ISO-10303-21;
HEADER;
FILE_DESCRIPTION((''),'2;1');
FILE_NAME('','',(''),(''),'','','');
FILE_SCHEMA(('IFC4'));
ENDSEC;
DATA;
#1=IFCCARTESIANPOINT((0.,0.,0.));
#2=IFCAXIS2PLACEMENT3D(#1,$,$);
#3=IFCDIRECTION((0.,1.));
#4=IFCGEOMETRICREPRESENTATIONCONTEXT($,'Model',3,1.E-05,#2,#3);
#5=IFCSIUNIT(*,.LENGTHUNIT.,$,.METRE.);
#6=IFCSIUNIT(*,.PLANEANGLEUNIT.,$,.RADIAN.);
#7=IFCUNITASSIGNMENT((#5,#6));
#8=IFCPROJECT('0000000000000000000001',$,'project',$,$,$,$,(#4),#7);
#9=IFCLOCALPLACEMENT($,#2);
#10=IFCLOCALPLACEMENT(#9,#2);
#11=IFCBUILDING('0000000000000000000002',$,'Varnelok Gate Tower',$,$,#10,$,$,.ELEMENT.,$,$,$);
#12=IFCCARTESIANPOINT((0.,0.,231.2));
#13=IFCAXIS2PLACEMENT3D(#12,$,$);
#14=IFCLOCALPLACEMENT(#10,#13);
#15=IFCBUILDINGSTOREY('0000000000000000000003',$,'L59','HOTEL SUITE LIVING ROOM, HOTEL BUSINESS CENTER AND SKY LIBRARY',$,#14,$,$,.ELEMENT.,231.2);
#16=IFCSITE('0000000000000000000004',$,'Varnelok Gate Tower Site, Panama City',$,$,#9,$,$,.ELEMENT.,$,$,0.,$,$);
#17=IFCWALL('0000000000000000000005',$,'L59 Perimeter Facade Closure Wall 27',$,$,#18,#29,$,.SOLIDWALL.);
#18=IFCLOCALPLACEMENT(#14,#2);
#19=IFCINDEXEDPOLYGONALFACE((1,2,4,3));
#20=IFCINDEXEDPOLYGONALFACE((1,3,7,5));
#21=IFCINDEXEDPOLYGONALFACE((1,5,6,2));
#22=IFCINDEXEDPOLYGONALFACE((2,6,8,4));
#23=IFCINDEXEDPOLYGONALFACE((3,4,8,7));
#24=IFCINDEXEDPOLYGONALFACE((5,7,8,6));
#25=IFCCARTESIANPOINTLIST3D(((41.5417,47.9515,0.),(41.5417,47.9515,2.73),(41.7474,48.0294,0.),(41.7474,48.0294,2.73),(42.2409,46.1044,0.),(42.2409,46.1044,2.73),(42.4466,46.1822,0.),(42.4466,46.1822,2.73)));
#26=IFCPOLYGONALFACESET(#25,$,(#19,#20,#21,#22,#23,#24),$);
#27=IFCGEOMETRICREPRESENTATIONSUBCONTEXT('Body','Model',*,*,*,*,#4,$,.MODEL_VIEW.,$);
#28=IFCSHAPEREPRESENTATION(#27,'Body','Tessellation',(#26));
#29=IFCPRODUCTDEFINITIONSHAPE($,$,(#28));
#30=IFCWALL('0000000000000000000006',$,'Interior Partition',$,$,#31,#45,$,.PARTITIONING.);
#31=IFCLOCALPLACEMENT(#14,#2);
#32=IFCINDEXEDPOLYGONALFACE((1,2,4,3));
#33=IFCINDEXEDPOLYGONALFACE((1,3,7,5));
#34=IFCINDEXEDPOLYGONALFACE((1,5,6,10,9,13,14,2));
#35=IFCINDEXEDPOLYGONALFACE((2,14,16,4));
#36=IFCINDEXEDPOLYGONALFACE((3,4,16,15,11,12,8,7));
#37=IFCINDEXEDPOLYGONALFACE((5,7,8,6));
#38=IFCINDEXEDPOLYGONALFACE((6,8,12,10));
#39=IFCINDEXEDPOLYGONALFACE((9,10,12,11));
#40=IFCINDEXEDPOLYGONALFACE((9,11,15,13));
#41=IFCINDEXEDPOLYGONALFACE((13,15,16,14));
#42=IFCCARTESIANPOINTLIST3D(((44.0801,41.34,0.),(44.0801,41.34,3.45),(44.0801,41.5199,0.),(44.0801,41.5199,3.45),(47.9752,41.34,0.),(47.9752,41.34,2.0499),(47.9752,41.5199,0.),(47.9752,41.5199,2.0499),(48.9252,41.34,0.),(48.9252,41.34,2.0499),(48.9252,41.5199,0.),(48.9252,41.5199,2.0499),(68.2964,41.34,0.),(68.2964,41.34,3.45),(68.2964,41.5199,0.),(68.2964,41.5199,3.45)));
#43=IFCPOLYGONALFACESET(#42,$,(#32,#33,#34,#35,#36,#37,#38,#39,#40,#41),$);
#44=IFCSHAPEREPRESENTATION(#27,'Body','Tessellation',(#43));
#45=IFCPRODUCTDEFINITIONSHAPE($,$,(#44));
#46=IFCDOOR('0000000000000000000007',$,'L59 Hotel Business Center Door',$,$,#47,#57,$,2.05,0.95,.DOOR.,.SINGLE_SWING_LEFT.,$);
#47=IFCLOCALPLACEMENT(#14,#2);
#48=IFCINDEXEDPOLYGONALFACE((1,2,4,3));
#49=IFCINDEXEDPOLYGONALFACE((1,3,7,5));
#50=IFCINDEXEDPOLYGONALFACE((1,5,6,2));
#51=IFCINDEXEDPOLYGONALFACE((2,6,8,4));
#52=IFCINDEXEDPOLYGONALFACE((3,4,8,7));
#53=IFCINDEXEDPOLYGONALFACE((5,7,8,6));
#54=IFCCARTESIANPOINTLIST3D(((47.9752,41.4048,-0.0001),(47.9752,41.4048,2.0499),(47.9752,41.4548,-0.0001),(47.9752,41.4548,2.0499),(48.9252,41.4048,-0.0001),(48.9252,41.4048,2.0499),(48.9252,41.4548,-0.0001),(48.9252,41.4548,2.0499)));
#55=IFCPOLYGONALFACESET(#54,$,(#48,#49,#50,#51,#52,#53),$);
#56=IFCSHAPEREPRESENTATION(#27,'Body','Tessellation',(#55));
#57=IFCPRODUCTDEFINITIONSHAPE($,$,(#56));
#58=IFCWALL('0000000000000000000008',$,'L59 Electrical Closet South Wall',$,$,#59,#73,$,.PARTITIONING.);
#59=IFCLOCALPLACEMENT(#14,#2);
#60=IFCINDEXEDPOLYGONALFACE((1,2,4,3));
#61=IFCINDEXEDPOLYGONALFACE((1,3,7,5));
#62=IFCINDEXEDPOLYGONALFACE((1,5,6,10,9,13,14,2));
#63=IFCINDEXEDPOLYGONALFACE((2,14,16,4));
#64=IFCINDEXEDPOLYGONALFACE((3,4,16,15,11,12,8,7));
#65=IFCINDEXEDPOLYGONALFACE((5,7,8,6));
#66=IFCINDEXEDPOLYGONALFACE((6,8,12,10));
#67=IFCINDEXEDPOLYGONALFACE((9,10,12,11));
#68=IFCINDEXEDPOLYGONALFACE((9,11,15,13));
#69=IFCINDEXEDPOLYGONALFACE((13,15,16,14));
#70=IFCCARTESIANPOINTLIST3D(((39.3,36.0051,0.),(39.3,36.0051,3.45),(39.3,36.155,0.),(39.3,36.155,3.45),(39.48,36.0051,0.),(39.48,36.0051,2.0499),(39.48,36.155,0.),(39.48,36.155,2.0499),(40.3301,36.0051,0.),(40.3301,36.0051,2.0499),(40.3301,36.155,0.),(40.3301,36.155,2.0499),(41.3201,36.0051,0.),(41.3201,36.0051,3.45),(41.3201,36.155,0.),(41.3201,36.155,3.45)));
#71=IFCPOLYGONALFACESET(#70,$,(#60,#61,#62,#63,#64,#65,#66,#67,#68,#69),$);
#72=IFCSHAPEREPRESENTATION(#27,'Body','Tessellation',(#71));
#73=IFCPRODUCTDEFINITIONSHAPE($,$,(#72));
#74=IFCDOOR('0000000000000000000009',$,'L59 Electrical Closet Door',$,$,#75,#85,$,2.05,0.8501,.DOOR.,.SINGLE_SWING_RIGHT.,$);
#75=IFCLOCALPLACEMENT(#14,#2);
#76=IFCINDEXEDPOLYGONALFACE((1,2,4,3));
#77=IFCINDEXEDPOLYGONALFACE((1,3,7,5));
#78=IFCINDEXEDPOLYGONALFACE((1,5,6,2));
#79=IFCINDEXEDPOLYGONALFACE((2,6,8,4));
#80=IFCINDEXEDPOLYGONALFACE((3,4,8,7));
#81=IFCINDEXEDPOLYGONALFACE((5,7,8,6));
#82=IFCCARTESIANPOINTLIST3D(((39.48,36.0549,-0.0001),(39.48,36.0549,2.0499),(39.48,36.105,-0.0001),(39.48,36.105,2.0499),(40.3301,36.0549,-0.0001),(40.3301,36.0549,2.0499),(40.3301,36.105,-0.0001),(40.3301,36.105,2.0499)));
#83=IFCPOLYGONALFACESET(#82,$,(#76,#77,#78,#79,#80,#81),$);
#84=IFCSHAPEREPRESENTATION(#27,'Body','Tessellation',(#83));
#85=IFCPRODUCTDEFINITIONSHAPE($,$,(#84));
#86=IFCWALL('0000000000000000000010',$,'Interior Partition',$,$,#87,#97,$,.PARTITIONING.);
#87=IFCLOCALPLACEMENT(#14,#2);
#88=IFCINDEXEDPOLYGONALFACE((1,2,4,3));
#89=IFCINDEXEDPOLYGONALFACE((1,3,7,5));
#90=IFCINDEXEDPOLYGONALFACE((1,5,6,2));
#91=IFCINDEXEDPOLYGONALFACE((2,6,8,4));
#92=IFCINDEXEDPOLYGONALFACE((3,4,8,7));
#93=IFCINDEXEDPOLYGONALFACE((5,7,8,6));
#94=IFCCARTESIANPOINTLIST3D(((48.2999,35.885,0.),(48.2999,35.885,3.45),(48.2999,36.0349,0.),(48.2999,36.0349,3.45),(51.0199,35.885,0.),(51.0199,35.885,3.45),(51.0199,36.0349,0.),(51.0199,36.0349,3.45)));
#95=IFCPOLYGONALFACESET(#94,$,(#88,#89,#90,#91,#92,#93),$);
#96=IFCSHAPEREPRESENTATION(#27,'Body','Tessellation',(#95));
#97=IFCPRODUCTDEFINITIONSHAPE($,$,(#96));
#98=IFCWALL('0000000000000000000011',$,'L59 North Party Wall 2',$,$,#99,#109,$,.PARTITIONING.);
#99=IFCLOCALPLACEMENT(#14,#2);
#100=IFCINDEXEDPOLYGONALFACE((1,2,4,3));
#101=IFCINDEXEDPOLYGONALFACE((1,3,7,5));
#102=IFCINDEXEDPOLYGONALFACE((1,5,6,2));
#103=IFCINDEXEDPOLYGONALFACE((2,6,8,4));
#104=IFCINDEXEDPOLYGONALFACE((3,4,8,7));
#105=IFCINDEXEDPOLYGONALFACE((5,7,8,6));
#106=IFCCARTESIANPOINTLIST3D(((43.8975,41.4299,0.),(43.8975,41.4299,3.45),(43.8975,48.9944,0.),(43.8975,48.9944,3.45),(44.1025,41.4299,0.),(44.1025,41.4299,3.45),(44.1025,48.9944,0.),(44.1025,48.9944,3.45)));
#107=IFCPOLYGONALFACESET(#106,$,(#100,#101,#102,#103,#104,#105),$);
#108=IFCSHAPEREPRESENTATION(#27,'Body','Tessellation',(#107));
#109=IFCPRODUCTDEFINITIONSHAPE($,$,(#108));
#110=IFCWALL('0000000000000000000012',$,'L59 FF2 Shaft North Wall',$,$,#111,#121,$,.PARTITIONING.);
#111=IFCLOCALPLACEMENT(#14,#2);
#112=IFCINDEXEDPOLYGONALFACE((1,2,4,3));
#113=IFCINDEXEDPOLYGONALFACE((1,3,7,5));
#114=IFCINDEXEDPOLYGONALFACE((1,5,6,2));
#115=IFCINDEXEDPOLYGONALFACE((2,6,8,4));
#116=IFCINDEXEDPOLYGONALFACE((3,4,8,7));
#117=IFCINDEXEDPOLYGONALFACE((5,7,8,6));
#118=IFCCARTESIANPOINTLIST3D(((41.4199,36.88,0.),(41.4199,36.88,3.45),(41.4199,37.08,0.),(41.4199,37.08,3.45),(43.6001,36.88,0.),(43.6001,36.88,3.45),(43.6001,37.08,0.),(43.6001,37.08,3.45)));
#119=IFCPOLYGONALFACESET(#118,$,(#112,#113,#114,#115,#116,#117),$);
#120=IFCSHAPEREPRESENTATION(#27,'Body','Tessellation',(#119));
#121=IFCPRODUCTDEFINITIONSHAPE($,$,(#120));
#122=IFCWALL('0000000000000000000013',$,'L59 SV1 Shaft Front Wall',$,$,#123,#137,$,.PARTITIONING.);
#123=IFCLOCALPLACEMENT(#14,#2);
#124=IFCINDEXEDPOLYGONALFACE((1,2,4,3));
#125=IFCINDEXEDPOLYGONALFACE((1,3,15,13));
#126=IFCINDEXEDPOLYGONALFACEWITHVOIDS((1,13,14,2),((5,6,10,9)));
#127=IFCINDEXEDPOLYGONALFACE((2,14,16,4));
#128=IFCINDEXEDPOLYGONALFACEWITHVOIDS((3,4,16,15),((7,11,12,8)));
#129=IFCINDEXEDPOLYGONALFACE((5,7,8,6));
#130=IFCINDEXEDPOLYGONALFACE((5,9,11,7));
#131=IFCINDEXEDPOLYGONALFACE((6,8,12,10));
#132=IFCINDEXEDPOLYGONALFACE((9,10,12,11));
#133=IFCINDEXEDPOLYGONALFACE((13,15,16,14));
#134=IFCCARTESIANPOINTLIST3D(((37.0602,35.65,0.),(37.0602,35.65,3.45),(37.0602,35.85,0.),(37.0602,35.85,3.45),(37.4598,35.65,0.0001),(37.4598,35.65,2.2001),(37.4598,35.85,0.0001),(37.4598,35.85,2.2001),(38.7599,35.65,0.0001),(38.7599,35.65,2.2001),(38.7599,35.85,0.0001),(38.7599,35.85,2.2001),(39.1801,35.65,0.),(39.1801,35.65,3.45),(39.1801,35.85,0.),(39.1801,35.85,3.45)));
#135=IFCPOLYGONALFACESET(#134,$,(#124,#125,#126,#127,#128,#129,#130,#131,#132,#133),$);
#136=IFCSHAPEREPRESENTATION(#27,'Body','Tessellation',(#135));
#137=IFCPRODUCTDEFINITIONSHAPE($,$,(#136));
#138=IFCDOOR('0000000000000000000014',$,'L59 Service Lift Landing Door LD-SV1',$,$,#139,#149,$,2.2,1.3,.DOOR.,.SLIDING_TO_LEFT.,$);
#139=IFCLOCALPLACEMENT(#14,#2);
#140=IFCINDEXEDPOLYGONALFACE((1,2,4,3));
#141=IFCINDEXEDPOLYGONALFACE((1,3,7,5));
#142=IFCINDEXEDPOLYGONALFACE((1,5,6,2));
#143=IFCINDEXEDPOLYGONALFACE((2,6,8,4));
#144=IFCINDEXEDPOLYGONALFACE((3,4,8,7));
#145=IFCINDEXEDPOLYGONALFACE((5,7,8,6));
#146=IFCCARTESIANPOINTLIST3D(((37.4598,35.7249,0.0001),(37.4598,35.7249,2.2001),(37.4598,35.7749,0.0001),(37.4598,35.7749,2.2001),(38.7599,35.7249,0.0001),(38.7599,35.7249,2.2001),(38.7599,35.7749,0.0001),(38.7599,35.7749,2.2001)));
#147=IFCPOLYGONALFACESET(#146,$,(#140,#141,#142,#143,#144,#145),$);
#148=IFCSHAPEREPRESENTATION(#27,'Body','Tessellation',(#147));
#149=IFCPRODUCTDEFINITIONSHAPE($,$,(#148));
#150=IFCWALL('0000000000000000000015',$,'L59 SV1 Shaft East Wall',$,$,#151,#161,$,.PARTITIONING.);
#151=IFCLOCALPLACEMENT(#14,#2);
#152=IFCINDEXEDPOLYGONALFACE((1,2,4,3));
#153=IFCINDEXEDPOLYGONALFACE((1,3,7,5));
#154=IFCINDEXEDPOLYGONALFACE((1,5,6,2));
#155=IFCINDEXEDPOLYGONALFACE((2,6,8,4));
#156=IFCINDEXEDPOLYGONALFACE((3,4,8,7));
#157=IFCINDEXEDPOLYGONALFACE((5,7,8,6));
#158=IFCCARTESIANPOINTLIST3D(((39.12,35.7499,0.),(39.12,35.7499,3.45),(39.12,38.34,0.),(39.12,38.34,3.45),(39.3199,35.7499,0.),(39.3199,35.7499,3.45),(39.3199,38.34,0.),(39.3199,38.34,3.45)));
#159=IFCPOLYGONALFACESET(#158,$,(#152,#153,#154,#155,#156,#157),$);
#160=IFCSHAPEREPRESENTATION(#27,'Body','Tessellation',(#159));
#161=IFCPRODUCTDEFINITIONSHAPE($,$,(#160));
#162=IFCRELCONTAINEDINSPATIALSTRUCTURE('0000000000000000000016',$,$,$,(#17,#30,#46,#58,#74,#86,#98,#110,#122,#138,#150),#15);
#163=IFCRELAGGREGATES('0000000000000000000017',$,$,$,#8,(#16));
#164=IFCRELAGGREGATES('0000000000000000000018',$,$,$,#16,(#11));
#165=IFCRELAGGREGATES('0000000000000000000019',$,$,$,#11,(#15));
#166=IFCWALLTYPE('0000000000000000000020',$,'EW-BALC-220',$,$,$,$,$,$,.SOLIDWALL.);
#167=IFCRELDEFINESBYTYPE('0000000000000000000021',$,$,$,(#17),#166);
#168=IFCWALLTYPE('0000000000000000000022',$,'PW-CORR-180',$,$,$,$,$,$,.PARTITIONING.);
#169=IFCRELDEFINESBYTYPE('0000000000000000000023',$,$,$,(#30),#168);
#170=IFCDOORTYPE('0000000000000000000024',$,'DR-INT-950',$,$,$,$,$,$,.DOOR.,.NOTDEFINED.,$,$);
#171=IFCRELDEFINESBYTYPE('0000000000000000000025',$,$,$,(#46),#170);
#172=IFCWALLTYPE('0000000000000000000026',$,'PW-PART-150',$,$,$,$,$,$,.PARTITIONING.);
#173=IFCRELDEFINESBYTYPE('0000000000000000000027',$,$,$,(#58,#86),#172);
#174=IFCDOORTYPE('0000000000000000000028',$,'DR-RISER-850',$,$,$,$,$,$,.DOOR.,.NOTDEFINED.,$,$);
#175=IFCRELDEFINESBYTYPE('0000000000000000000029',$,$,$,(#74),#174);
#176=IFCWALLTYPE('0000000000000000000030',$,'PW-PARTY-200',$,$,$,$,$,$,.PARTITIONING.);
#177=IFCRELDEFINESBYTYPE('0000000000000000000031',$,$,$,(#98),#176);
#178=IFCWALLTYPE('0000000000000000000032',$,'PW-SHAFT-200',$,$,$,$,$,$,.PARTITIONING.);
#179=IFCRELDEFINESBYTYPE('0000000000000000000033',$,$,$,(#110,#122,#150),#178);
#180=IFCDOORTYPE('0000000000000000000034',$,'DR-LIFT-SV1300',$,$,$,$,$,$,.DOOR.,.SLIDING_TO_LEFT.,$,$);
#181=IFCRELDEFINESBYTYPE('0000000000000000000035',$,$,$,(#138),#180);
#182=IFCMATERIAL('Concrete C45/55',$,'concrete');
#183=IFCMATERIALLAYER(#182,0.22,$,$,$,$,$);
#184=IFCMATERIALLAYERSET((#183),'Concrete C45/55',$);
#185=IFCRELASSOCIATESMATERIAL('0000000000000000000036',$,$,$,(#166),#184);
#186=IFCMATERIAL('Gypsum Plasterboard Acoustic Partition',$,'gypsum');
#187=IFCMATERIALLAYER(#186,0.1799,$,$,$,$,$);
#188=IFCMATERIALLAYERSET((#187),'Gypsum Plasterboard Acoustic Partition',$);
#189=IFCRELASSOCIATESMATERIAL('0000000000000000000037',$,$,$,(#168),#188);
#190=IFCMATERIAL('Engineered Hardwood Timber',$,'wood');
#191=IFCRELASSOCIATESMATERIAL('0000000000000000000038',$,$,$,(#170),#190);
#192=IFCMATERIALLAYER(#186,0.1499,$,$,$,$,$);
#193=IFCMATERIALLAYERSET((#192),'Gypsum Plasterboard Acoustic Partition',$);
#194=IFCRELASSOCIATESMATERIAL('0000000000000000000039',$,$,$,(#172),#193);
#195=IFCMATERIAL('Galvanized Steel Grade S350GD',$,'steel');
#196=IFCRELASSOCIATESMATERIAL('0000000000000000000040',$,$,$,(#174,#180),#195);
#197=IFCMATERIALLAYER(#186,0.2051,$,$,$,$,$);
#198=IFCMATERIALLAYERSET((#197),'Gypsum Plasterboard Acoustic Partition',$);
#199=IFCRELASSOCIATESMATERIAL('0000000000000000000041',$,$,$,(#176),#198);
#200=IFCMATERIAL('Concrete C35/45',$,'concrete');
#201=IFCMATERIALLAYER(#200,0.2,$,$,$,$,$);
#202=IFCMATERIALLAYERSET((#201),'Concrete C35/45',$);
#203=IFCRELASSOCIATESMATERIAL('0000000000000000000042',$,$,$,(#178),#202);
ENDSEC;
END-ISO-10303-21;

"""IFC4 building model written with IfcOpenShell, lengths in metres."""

from ifc_helpers import new_model, si_unit, direction, frame, frame_2d, origin, place, context, subcontext, project, spatial, rectangle, extrude, material, layer, layer_set, type_object, element, fill, save


model = new_model("IFC4")

# Units and contexts
model_context = context("Model", 3, precision=1e-05, world=origin(), true_north=direction((0.0, 1.0)))
body_context = subcontext(model_context, "Body", "Model", "MODEL_VIEW")
ifc_project = project(units=[si_unit("LENGTHUNIT", "METRE"), si_unit("PLANEANGLEUNIT", "RADIAN")], contexts=[model_context])

# Site, building, storey
site_placement = place(None, origin())
site = spatial("IfcSite", under=ifc_project, at=site_placement, Name="Varnelok Gate Tower Site, Panama City", CompositionType="ELEMENT", RefElevation=0.0)
building_placement = place(site_placement, origin())
building = spatial("IfcBuilding", under=site, at=building_placement, Name="Varnelok Gate Tower", CompositionType="ELEMENT")
storey_placement = place(building_placement, frame((0.0, 0.0, 231.2)))
storey = spatial("IfcBuildingStorey", under=building, at=storey_placement, Name="L59", Description="HOTEL SUITE LIVING ROOM, HOTEL BUSINESS CENTER AND SKY LIBRARY", CompositionType="ELEMENT", Elevation=231.2)

# Wall
ifc_material_1 = material(Name="Concrete C45/55", Category="concrete")
ifc_layer_1 = layer(ifc_material_1, 0.22)
ifc_layer_set_1 = layer_set([ifc_layer_1], Name="Concrete C45/55")
wall_type_1 = type_object("IfcWallType", Name="EW-BALC-220", PredefinedType="SOLIDWALL", material=ifc_layer_set_1)
wall_1_placement = place(storey_placement, frame((41.6445, 47.9905, 0.0), z_axis=(0.0, 0.0, 1.0), x_axis=(0.354021, -0.935238, 0.0)))
element("IfcWall", 1, at=wall_1_placement, inside=storey, type_object=wall_type_1, Name="L59 Perimeter Facade Closure Wall 27", PredefinedType="SOLIDWALL", context=body_context, shape_type="SweptSolid", body=[
    extrude(rectangle(XDim=1.9751, YDim=0.22, at=frame_2d((0.9875, 0.0))), origin(), (0.0, 0.0, 1.0), 2.73),
])

# Walls, openings, doors
ifc_material_2 = material(Name="Gypsum Plasterboard Acoustic Partition", Category="gypsum")
ifc_layer_2 = layer(ifc_material_2, 0.1799)
ifc_layer_set_2 = layer_set([ifc_layer_2], Name="Gypsum Plasterboard Acoustic Partition")
wall_type_2 = type_object("IfcWallType", Name="PW-CORR-180", PredefinedType="PARTITIONING", material=ifc_layer_set_2)
wall_2_placement = place(storey_placement, frame((44.0801, 41.4299, 0.0), z_axis=(0.0, 0.0, 1.0), x_axis=(1.0, 0.0, 0.0)))
wall_2 = element("IfcWall", 2, at=wall_2_placement, inside=storey, type_object=wall_type_2, Name="Interior Partition", PredefinedType="PARTITIONING", context=body_context, shape_type="SweptSolid", body=[
    extrude(rectangle(XDim=24.2163, YDim=0.1799, at=frame_2d((12.1082, 0.0))), origin(), (0.0, 0.0, 1.0), 3.45),
])
opening_1_placement = place(wall_2_placement, frame((3.895, 0.0, 0.0)))
opening_1 = element("IfcOpeningElement", 3, at=opening_1_placement, cuts=wall_2, PredefinedType="OPENING", context=body_context, shape_type="SweptSolid", body=[
    extrude(rectangle(XDim=0.95, YDim=2.05, at=frame_2d((0.4751, 1.0249))), frame((0.0, 0.0999, 0.0), z_axis=(0.0, -1.0, 0.0), x_axis=(1.0, 0.0, 0.0)), (0.0, 0.0, 1.0), 0.2),
])
ifc_material_3 = material(Name="Engineered Hardwood Timber", Category="wood")
door_type_1 = type_object("IfcDoorType", Name="DR-INT-950", OperationType="NOTDEFINED", PredefinedType="DOOR", material=ifc_material_3)
door_1_placement = place(opening_1_placement, origin())
door_1 = element("IfcDoor", 4, at=door_1_placement, inside=storey, type_object=door_type_1, Name="L59 Hotel Business Center Door", OperationType="SINGLE_SWING_LEFT", OverallHeight=2.05, OverallWidth=0.95, PredefinedType="DOOR", context=body_context, shape_type="SweptSolid", body=[
    extrude(rectangle(XDim=0.95, YDim=2.05, at=frame_2d((0.4751, 1.0249))), frame((0.0, 0.0249, 0.0), z_axis=(0.0, -1.0, 0.0), x_axis=(1.0, 0.0, 0.0)), (0.0, 0.0, 1.0), 0.05),
])
fill(opening_1, door_1)
ifc_layer_3 = layer(ifc_material_2, 0.1499)
ifc_layer_set_3 = layer_set([ifc_layer_3], Name="Gypsum Plasterboard Acoustic Partition")
wall_type_3 = type_object("IfcWallType", Name="PW-PART-150", PredefinedType="PARTITIONING", material=ifc_layer_set_3)
wall_3_placement = place(storey_placement, frame((39.3, 36.0801, 0.0), z_axis=(0.0, 0.0, 1.0), x_axis=(1.0, 0.0, 0.0)))
wall_3 = element("IfcWall", 5, at=wall_3_placement, inside=storey, type_object=wall_type_3, Name="L59 Electrical Closet South Wall", PredefinedType="PARTITIONING", context=body_context, shape_type="SweptSolid", body=[
    extrude(rectangle(XDim=2.02, YDim=0.1499, at=frame_2d((1.01, 0.0))), origin(), (0.0, 0.0, 1.0), 3.45),
])
opening_2_placement = place(wall_3_placement, frame((0.1799, 0.0, 0.0)))
opening_2 = element("IfcOpeningElement", 6, at=opening_2_placement, cuts=wall_3, PredefinedType="OPENING", context=body_context, shape_type="SweptSolid", body=[
    extrude(rectangle(XDim=0.8501, YDim=2.05, at=frame_2d((0.425, 1.0249))), frame((0.0, 0.085, 0.0), z_axis=(0.0, -1.0, 0.0), x_axis=(1.0, 0.0, 0.0)), (0.0, 0.0, 1.0), 0.1699),
])
ifc_material_4 = material(Name="Galvanized Steel Grade S350GD", Category="steel")
door_type_2 = type_object("IfcDoorType", Name="DR-RISER-850", OperationType="NOTDEFINED", PredefinedType="DOOR", material=ifc_material_4)
door_2_placement = place(opening_2_placement, origin())
door_2 = element("IfcDoor", 7, at=door_2_placement, inside=storey, type_object=door_type_2, Name="L59 Electrical Closet Door", OperationType="SINGLE_SWING_RIGHT", OverallHeight=2.05, OverallWidth=0.8501, PredefinedType="DOOR", context=body_context, shape_type="SweptSolid", body=[
    extrude(rectangle(XDim=0.8501, YDim=2.05, at=frame_2d((0.425, 1.0249))), frame((0.0, 0.0249, 0.0), z_axis=(0.0, -1.0, 0.0), x_axis=(1.0, 0.0, 0.0)), (0.0, 0.0, 1.0), 0.05),
])
fill(opening_2, door_2)

# Walls
wall_4_placement = place(storey_placement, frame((48.3, 35.96, 0.0), z_axis=(0.0, 0.0, 1.0), x_axis=(1.0, 0.0, 0.0)))
element("IfcWall", 8, at=wall_4_placement, inside=storey, type_object=wall_type_3, Name="Interior Partition", PredefinedType="PARTITIONING", context=body_context, shape_type="SweptSolid", body=[
    extrude(rectangle(XDim=2.72, YDim=0.1499, at=frame_2d((1.3599, 0.0))), origin(), (0.0, 0.0, 1.0), 3.45),
])
ifc_layer_4 = layer(ifc_material_2, 0.2051)
ifc_layer_set_4 = layer_set([ifc_layer_4], Name="Gypsum Plasterboard Acoustic Partition")
wall_type_4 = type_object("IfcWallType", Name="PW-PARTY-200", PredefinedType="PARTITIONING", material=ifc_layer_set_4)
wall_5_placement = place(storey_placement, frame((44.0, 41.4299, 0.0), z_axis=(0.0, 0.0, 1.0), x_axis=(0.0, 1.0, 0.0)))
element("IfcWall", 9, at=wall_5_placement, inside=storey, type_object=wall_type_4, Name="L59 North Party Wall 2", PredefinedType="PARTITIONING", context=body_context, shape_type="SweptSolid", body=[
    extrude(rectangle(XDim=7.5645, YDim=0.2051, at=frame_2d((3.7822, 0.0))), origin(), (0.0, 0.0, 1.0), 3.45),
])
ifc_material_5 = material(Name="Concrete C35/45", Category="concrete")
ifc_layer_5 = layer(ifc_material_5, 0.2)
ifc_layer_set_5 = layer_set([ifc_layer_5], Name="Concrete C35/45")
wall_type_5 = type_object("IfcWallType", Name="PW-SHAFT-200", PredefinedType="PARTITIONING", material=ifc_layer_set_5)
wall_6_placement = place(storey_placement, frame((41.4199, 36.98, 0.0), z_axis=(0.0, 0.0, 1.0), x_axis=(1.0, 0.0, 0.0)))
element("IfcWall", 10, at=wall_6_placement, inside=storey, type_object=wall_type_5, Name="L59 FF2 Shaft North Wall", PredefinedType="PARTITIONING", context=body_context, shape_type="SweptSolid", body=[
    extrude(rectangle(XDim=2.1802, YDim=0.2, at=frame_2d((1.0901, 0.0))), origin(), (0.0, 0.0, 1.0), 3.45),
])

# Wall, opening, door
wall_7_placement = place(storey_placement, frame((37.0601, 35.75, 0.0), z_axis=(0.0, 0.0, 1.0), x_axis=(1.0, 0.0, 0.0)))
wall_7 = element("IfcWall", 11, at=wall_7_placement, inside=storey, type_object=wall_type_5, Name="L59 SV1 Shaft Front Wall", PredefinedType="PARTITIONING", context=body_context, shape_type="SweptSolid", body=[
    extrude(rectangle(XDim=2.1199, YDim=0.2, at=frame_2d((1.0601, 0.0))), origin(), (0.0, 0.0, 1.0), 3.45),
])
opening_3_placement = place(wall_7_placement, frame((0.3999, 0.0, 0.0)))
opening_3 = element("IfcOpeningElement", 12, at=opening_3_placement, cuts=wall_7, PredefinedType="OPENING", context=body_context, shape_type="SweptSolid", body=[
    extrude(rectangle(XDim=1.3, YDim=2.2, at=frame_2d((0.6499, 1.1001))), frame((0.0, 0.1099, 0.0), z_axis=(0.0, -1.0, 0.0), x_axis=(1.0, 0.0, 0.0)), (0.0, 0.0, 1.0), 0.22),
])
door_type_3 = type_object("IfcDoorType", Name="DR-LIFT-SV1300", OperationType="SLIDING_TO_LEFT", PredefinedType="DOOR", material=ifc_material_4)
door_3_placement = place(opening_3_placement, origin())
door_3 = element("IfcDoor", 13, at=door_3_placement, inside=storey, type_object=door_type_3, Name="L59 Service Lift Landing Door LD-SV1", OperationType="SLIDING_TO_LEFT", OverallHeight=2.2, OverallWidth=1.3, PredefinedType="DOOR", context=body_context, shape_type="SweptSolid", body=[
    extrude(rectangle(XDim=1.3, YDim=2.2, at=frame_2d((0.6499, 1.1001))), frame((0.0, 0.0249, 0.0), z_axis=(0.0, -1.0, 0.0), x_axis=(1.0, 0.0, 0.0)), (0.0, 0.0, 1.0), 0.05),
])
fill(opening_3, door_3)

# Wall
wall_8_placement = place(storey_placement, frame((39.22, 35.75, 0.0), z_axis=(0.0, 0.0, 1.0), x_axis=(0.0, 1.0, 0.0)))
element("IfcWall", 14, at=wall_8_placement, inside=storey, type_object=wall_type_5, Name="L59 SV1 Shaft East Wall", PredefinedType="PARTITIONING", context=body_context, shape_type="SweptSolid", body=[
    extrude(rectangle(XDim=2.5901, YDim=0.2, at=frame_2d((1.2949, 0.0))), origin(), (0.0, 0.0, 1.0), 3.45),
])

save(model, "model.ifc")
